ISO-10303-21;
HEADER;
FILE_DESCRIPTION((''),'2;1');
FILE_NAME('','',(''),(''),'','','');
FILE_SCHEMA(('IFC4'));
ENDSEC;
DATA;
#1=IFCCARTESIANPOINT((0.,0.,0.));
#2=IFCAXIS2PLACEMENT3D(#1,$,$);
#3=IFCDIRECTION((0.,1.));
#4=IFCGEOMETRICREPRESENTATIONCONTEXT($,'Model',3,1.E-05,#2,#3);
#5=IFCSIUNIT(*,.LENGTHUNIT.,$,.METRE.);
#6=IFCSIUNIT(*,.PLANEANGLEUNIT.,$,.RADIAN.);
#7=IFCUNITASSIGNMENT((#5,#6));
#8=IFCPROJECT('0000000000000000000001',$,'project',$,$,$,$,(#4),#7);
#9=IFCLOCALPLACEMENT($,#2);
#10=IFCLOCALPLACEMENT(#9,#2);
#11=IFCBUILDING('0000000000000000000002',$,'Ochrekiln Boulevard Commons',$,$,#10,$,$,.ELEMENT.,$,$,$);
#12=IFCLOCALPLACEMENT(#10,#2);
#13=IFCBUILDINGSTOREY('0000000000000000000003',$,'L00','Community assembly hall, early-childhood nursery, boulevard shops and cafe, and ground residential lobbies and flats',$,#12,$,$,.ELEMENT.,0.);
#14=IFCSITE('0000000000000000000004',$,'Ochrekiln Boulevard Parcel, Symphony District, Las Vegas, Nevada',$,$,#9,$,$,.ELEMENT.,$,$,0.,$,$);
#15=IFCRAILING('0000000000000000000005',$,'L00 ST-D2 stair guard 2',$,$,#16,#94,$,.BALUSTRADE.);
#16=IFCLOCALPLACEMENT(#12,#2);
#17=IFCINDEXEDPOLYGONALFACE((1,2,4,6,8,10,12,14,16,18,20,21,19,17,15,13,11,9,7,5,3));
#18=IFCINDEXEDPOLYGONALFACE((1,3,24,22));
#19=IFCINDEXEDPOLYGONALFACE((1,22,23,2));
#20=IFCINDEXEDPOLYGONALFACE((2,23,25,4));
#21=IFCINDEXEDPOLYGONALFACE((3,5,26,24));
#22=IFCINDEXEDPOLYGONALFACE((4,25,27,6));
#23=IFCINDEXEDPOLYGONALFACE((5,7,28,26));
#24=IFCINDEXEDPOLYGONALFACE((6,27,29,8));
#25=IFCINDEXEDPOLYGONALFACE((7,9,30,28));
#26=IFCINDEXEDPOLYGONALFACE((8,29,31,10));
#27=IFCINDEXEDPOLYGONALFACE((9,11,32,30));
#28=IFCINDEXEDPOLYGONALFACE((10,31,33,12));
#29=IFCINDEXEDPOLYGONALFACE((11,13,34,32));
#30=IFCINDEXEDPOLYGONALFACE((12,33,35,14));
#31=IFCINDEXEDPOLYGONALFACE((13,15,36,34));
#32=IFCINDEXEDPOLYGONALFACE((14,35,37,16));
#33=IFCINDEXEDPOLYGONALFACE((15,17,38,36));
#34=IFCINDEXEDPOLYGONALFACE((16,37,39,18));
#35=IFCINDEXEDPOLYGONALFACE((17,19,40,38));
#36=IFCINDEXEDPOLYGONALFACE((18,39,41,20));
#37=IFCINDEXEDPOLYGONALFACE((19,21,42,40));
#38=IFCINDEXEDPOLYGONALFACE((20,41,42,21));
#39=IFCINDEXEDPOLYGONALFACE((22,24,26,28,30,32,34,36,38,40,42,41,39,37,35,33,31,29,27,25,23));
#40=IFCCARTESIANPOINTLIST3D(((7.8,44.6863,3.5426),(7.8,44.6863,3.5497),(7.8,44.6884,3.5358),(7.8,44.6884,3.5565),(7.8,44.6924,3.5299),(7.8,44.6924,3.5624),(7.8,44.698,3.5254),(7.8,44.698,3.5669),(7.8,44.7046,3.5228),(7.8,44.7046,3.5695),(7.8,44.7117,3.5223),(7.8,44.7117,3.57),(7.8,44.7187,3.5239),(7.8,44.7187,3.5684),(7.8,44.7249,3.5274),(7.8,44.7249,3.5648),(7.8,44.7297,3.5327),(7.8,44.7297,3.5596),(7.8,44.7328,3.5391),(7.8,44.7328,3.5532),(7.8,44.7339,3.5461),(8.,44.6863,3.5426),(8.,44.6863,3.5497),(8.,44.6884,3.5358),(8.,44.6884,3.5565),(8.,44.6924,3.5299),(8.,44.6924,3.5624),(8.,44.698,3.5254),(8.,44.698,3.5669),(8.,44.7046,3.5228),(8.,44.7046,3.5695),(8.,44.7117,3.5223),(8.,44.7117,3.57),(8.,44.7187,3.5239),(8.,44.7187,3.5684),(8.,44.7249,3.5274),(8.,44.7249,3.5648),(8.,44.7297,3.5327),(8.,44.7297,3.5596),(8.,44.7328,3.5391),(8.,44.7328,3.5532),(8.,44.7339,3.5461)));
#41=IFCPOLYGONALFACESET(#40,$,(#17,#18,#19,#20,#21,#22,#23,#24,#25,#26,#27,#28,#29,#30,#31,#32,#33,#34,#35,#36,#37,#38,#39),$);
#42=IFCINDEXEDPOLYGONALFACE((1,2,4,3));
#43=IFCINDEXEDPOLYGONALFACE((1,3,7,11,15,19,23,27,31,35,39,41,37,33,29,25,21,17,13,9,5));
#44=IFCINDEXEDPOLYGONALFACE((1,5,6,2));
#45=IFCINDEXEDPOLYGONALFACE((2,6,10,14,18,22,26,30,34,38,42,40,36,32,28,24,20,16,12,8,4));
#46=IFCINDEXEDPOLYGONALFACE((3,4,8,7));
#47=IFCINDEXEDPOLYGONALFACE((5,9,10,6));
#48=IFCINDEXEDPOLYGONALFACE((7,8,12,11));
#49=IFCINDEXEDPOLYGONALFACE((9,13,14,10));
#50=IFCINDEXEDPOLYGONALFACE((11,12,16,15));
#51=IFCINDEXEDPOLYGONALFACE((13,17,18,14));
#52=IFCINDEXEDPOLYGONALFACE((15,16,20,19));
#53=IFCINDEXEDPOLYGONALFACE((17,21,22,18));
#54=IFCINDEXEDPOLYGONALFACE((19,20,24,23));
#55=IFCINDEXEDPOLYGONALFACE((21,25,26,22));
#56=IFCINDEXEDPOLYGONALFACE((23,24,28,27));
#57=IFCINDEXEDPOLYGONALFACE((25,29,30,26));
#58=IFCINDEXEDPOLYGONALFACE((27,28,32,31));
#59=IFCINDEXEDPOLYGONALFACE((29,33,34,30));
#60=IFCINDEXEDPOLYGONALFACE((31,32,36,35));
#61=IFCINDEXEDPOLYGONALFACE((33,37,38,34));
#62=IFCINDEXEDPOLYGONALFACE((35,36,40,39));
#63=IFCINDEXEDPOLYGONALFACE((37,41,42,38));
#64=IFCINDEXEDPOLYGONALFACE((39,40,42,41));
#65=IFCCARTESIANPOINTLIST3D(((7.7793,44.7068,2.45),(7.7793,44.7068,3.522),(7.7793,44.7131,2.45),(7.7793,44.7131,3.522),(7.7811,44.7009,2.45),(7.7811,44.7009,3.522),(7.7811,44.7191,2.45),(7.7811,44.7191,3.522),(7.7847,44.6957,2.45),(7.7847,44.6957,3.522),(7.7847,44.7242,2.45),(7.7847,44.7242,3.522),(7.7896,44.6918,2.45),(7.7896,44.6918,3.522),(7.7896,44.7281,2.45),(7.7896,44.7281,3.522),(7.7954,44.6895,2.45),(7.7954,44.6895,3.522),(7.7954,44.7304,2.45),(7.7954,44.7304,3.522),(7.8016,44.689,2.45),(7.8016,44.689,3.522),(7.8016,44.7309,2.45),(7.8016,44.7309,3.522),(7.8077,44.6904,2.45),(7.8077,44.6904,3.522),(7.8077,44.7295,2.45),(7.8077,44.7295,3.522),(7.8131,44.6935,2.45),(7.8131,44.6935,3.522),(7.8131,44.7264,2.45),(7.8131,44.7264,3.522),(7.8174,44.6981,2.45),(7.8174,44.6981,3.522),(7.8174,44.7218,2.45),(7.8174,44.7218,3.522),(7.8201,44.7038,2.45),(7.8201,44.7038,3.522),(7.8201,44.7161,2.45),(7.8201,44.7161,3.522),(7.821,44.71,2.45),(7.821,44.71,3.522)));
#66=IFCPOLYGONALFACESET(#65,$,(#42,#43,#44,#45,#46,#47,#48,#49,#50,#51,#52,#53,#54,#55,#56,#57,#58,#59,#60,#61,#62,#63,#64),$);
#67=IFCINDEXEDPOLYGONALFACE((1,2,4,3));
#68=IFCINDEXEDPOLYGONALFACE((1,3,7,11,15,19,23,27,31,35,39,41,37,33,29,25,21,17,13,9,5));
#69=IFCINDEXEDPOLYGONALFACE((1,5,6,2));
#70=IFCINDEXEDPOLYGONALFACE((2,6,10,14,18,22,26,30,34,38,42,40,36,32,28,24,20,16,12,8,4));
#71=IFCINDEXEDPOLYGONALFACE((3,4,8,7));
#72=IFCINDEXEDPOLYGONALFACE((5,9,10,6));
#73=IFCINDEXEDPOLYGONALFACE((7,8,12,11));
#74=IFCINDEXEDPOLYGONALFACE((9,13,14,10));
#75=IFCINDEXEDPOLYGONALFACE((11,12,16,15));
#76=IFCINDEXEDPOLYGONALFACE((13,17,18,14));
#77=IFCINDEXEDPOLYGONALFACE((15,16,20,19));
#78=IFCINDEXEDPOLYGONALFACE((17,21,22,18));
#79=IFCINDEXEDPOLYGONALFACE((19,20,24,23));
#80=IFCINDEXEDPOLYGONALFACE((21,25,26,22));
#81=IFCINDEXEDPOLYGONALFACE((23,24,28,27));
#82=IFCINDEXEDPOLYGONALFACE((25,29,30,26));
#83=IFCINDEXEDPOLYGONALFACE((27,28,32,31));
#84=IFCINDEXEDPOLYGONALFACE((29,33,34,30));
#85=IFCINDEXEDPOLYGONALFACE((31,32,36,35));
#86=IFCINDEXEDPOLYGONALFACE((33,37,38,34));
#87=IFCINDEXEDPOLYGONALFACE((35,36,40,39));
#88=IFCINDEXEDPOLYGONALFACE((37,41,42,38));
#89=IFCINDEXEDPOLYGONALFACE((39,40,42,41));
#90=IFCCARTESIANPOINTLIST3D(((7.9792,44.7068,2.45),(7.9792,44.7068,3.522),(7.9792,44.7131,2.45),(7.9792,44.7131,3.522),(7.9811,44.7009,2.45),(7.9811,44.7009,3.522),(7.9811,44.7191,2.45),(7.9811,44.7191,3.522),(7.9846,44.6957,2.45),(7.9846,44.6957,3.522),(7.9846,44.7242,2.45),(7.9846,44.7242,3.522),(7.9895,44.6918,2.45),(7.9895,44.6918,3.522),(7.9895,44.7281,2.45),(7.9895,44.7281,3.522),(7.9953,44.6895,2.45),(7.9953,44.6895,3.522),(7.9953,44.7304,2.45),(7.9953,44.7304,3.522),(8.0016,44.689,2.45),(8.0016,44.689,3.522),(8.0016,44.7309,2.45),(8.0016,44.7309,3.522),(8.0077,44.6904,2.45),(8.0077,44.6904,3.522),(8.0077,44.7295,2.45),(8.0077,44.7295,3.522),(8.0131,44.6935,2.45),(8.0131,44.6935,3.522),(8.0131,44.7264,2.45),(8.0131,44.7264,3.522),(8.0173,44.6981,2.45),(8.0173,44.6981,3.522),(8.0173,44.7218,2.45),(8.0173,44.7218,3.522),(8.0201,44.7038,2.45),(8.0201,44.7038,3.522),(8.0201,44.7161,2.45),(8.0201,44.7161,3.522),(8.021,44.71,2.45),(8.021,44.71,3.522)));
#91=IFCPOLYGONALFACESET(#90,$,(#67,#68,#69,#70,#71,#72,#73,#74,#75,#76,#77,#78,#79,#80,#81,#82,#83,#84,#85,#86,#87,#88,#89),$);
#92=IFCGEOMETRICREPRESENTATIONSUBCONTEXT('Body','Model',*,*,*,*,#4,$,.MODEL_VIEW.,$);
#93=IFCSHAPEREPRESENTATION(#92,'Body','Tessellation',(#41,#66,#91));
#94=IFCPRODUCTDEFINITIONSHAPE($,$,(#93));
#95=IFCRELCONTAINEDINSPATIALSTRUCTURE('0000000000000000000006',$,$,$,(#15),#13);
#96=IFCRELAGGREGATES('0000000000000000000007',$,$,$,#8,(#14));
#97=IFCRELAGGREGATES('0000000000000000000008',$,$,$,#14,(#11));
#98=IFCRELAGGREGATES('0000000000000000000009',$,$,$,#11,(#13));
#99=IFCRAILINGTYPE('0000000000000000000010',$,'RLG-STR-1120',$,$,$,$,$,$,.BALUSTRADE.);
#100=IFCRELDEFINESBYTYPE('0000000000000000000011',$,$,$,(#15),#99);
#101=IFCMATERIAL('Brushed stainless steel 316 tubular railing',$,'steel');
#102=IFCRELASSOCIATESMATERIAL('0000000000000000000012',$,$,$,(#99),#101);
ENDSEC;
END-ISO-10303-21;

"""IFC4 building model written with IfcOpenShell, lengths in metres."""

from ifc_helpers import new_model, si_unit, direction, frame, origin, origin_2d, place, context, subcontext, project, spatial, circle, extrude, material, type_object, element, save


model = new_model("IFC4")

# Units and contexts
model_context = context("Model", 3, precision=1e-05, world=origin(), true_north=direction((0.0, 1.0)))
body_context = subcontext(model_context, "Body", "Model", "MODEL_VIEW")
ifc_project = project(units=[si_unit("LENGTHUNIT", "METRE"), si_unit("PLANEANGLEUNIT", "RADIAN")], contexts=[model_context])

# Site, building, storey
site_placement = place(None, origin())
site = spatial("IfcSite", under=ifc_project, at=site_placement, Name="Ochrekiln Boulevard Parcel, Symphony District, Las Vegas, Nevada", CompositionType="ELEMENT", RefElevation=0.0)
building_placement = place(site_placement, origin())
building = spatial("IfcBuilding", under=site, at=building_placement, Name="Ochrekiln Boulevard Commons", CompositionType="ELEMENT")
storey_placement = place(building_placement, origin())
storey = spatial("IfcBuildingStorey", under=building, at=storey_placement, Name="L00", Description="Community assembly hall, early-childhood nursery, boulevard shops and cafe, and ground residential lobbies and flats", CompositionType="ELEMENT", Elevation=0.0)

# Railing
ifc_material_1 = material(Name="Brushed stainless steel 316 tubular railing", Category="steel")
railing_type_1 = type_object("IfcRailingType", Name="RLG-STR-1120", PredefinedType="BALUSTRADE", material=ifc_material_1)
railing_1_placement = place(storey_placement, frame((7.8, 44.71, 2.45)))
element("IfcRailing", 1, at=railing_1_placement, inside=storey, type_object=railing_type_1, Name="L00 ST-D2 stair guard 2", PredefinedType="BALUSTRADE", context=body_context, shape_type="SweptSolid", body=[
    extrude(circle(Radius=0.0239, at=origin_2d()), frame((0.0, 0.0, 1.0962), z_axis=(1.0, 0.0, 0.0), x_axis=(0.0, 1.0, 0.0)), (0.0, 0.0, 1.0), 0.2),
    extrude(circle(Radius=0.021, at=origin_2d()), origin(), (0.0, 0.0, 1.0), 1.072),
    extrude(circle(Radius=0.021, at=origin_2d()), frame((0.2, 0.0, 0.0)), (0.0, 0.0, 1.0), 1.072),
])

save(model, "model.ifc")
